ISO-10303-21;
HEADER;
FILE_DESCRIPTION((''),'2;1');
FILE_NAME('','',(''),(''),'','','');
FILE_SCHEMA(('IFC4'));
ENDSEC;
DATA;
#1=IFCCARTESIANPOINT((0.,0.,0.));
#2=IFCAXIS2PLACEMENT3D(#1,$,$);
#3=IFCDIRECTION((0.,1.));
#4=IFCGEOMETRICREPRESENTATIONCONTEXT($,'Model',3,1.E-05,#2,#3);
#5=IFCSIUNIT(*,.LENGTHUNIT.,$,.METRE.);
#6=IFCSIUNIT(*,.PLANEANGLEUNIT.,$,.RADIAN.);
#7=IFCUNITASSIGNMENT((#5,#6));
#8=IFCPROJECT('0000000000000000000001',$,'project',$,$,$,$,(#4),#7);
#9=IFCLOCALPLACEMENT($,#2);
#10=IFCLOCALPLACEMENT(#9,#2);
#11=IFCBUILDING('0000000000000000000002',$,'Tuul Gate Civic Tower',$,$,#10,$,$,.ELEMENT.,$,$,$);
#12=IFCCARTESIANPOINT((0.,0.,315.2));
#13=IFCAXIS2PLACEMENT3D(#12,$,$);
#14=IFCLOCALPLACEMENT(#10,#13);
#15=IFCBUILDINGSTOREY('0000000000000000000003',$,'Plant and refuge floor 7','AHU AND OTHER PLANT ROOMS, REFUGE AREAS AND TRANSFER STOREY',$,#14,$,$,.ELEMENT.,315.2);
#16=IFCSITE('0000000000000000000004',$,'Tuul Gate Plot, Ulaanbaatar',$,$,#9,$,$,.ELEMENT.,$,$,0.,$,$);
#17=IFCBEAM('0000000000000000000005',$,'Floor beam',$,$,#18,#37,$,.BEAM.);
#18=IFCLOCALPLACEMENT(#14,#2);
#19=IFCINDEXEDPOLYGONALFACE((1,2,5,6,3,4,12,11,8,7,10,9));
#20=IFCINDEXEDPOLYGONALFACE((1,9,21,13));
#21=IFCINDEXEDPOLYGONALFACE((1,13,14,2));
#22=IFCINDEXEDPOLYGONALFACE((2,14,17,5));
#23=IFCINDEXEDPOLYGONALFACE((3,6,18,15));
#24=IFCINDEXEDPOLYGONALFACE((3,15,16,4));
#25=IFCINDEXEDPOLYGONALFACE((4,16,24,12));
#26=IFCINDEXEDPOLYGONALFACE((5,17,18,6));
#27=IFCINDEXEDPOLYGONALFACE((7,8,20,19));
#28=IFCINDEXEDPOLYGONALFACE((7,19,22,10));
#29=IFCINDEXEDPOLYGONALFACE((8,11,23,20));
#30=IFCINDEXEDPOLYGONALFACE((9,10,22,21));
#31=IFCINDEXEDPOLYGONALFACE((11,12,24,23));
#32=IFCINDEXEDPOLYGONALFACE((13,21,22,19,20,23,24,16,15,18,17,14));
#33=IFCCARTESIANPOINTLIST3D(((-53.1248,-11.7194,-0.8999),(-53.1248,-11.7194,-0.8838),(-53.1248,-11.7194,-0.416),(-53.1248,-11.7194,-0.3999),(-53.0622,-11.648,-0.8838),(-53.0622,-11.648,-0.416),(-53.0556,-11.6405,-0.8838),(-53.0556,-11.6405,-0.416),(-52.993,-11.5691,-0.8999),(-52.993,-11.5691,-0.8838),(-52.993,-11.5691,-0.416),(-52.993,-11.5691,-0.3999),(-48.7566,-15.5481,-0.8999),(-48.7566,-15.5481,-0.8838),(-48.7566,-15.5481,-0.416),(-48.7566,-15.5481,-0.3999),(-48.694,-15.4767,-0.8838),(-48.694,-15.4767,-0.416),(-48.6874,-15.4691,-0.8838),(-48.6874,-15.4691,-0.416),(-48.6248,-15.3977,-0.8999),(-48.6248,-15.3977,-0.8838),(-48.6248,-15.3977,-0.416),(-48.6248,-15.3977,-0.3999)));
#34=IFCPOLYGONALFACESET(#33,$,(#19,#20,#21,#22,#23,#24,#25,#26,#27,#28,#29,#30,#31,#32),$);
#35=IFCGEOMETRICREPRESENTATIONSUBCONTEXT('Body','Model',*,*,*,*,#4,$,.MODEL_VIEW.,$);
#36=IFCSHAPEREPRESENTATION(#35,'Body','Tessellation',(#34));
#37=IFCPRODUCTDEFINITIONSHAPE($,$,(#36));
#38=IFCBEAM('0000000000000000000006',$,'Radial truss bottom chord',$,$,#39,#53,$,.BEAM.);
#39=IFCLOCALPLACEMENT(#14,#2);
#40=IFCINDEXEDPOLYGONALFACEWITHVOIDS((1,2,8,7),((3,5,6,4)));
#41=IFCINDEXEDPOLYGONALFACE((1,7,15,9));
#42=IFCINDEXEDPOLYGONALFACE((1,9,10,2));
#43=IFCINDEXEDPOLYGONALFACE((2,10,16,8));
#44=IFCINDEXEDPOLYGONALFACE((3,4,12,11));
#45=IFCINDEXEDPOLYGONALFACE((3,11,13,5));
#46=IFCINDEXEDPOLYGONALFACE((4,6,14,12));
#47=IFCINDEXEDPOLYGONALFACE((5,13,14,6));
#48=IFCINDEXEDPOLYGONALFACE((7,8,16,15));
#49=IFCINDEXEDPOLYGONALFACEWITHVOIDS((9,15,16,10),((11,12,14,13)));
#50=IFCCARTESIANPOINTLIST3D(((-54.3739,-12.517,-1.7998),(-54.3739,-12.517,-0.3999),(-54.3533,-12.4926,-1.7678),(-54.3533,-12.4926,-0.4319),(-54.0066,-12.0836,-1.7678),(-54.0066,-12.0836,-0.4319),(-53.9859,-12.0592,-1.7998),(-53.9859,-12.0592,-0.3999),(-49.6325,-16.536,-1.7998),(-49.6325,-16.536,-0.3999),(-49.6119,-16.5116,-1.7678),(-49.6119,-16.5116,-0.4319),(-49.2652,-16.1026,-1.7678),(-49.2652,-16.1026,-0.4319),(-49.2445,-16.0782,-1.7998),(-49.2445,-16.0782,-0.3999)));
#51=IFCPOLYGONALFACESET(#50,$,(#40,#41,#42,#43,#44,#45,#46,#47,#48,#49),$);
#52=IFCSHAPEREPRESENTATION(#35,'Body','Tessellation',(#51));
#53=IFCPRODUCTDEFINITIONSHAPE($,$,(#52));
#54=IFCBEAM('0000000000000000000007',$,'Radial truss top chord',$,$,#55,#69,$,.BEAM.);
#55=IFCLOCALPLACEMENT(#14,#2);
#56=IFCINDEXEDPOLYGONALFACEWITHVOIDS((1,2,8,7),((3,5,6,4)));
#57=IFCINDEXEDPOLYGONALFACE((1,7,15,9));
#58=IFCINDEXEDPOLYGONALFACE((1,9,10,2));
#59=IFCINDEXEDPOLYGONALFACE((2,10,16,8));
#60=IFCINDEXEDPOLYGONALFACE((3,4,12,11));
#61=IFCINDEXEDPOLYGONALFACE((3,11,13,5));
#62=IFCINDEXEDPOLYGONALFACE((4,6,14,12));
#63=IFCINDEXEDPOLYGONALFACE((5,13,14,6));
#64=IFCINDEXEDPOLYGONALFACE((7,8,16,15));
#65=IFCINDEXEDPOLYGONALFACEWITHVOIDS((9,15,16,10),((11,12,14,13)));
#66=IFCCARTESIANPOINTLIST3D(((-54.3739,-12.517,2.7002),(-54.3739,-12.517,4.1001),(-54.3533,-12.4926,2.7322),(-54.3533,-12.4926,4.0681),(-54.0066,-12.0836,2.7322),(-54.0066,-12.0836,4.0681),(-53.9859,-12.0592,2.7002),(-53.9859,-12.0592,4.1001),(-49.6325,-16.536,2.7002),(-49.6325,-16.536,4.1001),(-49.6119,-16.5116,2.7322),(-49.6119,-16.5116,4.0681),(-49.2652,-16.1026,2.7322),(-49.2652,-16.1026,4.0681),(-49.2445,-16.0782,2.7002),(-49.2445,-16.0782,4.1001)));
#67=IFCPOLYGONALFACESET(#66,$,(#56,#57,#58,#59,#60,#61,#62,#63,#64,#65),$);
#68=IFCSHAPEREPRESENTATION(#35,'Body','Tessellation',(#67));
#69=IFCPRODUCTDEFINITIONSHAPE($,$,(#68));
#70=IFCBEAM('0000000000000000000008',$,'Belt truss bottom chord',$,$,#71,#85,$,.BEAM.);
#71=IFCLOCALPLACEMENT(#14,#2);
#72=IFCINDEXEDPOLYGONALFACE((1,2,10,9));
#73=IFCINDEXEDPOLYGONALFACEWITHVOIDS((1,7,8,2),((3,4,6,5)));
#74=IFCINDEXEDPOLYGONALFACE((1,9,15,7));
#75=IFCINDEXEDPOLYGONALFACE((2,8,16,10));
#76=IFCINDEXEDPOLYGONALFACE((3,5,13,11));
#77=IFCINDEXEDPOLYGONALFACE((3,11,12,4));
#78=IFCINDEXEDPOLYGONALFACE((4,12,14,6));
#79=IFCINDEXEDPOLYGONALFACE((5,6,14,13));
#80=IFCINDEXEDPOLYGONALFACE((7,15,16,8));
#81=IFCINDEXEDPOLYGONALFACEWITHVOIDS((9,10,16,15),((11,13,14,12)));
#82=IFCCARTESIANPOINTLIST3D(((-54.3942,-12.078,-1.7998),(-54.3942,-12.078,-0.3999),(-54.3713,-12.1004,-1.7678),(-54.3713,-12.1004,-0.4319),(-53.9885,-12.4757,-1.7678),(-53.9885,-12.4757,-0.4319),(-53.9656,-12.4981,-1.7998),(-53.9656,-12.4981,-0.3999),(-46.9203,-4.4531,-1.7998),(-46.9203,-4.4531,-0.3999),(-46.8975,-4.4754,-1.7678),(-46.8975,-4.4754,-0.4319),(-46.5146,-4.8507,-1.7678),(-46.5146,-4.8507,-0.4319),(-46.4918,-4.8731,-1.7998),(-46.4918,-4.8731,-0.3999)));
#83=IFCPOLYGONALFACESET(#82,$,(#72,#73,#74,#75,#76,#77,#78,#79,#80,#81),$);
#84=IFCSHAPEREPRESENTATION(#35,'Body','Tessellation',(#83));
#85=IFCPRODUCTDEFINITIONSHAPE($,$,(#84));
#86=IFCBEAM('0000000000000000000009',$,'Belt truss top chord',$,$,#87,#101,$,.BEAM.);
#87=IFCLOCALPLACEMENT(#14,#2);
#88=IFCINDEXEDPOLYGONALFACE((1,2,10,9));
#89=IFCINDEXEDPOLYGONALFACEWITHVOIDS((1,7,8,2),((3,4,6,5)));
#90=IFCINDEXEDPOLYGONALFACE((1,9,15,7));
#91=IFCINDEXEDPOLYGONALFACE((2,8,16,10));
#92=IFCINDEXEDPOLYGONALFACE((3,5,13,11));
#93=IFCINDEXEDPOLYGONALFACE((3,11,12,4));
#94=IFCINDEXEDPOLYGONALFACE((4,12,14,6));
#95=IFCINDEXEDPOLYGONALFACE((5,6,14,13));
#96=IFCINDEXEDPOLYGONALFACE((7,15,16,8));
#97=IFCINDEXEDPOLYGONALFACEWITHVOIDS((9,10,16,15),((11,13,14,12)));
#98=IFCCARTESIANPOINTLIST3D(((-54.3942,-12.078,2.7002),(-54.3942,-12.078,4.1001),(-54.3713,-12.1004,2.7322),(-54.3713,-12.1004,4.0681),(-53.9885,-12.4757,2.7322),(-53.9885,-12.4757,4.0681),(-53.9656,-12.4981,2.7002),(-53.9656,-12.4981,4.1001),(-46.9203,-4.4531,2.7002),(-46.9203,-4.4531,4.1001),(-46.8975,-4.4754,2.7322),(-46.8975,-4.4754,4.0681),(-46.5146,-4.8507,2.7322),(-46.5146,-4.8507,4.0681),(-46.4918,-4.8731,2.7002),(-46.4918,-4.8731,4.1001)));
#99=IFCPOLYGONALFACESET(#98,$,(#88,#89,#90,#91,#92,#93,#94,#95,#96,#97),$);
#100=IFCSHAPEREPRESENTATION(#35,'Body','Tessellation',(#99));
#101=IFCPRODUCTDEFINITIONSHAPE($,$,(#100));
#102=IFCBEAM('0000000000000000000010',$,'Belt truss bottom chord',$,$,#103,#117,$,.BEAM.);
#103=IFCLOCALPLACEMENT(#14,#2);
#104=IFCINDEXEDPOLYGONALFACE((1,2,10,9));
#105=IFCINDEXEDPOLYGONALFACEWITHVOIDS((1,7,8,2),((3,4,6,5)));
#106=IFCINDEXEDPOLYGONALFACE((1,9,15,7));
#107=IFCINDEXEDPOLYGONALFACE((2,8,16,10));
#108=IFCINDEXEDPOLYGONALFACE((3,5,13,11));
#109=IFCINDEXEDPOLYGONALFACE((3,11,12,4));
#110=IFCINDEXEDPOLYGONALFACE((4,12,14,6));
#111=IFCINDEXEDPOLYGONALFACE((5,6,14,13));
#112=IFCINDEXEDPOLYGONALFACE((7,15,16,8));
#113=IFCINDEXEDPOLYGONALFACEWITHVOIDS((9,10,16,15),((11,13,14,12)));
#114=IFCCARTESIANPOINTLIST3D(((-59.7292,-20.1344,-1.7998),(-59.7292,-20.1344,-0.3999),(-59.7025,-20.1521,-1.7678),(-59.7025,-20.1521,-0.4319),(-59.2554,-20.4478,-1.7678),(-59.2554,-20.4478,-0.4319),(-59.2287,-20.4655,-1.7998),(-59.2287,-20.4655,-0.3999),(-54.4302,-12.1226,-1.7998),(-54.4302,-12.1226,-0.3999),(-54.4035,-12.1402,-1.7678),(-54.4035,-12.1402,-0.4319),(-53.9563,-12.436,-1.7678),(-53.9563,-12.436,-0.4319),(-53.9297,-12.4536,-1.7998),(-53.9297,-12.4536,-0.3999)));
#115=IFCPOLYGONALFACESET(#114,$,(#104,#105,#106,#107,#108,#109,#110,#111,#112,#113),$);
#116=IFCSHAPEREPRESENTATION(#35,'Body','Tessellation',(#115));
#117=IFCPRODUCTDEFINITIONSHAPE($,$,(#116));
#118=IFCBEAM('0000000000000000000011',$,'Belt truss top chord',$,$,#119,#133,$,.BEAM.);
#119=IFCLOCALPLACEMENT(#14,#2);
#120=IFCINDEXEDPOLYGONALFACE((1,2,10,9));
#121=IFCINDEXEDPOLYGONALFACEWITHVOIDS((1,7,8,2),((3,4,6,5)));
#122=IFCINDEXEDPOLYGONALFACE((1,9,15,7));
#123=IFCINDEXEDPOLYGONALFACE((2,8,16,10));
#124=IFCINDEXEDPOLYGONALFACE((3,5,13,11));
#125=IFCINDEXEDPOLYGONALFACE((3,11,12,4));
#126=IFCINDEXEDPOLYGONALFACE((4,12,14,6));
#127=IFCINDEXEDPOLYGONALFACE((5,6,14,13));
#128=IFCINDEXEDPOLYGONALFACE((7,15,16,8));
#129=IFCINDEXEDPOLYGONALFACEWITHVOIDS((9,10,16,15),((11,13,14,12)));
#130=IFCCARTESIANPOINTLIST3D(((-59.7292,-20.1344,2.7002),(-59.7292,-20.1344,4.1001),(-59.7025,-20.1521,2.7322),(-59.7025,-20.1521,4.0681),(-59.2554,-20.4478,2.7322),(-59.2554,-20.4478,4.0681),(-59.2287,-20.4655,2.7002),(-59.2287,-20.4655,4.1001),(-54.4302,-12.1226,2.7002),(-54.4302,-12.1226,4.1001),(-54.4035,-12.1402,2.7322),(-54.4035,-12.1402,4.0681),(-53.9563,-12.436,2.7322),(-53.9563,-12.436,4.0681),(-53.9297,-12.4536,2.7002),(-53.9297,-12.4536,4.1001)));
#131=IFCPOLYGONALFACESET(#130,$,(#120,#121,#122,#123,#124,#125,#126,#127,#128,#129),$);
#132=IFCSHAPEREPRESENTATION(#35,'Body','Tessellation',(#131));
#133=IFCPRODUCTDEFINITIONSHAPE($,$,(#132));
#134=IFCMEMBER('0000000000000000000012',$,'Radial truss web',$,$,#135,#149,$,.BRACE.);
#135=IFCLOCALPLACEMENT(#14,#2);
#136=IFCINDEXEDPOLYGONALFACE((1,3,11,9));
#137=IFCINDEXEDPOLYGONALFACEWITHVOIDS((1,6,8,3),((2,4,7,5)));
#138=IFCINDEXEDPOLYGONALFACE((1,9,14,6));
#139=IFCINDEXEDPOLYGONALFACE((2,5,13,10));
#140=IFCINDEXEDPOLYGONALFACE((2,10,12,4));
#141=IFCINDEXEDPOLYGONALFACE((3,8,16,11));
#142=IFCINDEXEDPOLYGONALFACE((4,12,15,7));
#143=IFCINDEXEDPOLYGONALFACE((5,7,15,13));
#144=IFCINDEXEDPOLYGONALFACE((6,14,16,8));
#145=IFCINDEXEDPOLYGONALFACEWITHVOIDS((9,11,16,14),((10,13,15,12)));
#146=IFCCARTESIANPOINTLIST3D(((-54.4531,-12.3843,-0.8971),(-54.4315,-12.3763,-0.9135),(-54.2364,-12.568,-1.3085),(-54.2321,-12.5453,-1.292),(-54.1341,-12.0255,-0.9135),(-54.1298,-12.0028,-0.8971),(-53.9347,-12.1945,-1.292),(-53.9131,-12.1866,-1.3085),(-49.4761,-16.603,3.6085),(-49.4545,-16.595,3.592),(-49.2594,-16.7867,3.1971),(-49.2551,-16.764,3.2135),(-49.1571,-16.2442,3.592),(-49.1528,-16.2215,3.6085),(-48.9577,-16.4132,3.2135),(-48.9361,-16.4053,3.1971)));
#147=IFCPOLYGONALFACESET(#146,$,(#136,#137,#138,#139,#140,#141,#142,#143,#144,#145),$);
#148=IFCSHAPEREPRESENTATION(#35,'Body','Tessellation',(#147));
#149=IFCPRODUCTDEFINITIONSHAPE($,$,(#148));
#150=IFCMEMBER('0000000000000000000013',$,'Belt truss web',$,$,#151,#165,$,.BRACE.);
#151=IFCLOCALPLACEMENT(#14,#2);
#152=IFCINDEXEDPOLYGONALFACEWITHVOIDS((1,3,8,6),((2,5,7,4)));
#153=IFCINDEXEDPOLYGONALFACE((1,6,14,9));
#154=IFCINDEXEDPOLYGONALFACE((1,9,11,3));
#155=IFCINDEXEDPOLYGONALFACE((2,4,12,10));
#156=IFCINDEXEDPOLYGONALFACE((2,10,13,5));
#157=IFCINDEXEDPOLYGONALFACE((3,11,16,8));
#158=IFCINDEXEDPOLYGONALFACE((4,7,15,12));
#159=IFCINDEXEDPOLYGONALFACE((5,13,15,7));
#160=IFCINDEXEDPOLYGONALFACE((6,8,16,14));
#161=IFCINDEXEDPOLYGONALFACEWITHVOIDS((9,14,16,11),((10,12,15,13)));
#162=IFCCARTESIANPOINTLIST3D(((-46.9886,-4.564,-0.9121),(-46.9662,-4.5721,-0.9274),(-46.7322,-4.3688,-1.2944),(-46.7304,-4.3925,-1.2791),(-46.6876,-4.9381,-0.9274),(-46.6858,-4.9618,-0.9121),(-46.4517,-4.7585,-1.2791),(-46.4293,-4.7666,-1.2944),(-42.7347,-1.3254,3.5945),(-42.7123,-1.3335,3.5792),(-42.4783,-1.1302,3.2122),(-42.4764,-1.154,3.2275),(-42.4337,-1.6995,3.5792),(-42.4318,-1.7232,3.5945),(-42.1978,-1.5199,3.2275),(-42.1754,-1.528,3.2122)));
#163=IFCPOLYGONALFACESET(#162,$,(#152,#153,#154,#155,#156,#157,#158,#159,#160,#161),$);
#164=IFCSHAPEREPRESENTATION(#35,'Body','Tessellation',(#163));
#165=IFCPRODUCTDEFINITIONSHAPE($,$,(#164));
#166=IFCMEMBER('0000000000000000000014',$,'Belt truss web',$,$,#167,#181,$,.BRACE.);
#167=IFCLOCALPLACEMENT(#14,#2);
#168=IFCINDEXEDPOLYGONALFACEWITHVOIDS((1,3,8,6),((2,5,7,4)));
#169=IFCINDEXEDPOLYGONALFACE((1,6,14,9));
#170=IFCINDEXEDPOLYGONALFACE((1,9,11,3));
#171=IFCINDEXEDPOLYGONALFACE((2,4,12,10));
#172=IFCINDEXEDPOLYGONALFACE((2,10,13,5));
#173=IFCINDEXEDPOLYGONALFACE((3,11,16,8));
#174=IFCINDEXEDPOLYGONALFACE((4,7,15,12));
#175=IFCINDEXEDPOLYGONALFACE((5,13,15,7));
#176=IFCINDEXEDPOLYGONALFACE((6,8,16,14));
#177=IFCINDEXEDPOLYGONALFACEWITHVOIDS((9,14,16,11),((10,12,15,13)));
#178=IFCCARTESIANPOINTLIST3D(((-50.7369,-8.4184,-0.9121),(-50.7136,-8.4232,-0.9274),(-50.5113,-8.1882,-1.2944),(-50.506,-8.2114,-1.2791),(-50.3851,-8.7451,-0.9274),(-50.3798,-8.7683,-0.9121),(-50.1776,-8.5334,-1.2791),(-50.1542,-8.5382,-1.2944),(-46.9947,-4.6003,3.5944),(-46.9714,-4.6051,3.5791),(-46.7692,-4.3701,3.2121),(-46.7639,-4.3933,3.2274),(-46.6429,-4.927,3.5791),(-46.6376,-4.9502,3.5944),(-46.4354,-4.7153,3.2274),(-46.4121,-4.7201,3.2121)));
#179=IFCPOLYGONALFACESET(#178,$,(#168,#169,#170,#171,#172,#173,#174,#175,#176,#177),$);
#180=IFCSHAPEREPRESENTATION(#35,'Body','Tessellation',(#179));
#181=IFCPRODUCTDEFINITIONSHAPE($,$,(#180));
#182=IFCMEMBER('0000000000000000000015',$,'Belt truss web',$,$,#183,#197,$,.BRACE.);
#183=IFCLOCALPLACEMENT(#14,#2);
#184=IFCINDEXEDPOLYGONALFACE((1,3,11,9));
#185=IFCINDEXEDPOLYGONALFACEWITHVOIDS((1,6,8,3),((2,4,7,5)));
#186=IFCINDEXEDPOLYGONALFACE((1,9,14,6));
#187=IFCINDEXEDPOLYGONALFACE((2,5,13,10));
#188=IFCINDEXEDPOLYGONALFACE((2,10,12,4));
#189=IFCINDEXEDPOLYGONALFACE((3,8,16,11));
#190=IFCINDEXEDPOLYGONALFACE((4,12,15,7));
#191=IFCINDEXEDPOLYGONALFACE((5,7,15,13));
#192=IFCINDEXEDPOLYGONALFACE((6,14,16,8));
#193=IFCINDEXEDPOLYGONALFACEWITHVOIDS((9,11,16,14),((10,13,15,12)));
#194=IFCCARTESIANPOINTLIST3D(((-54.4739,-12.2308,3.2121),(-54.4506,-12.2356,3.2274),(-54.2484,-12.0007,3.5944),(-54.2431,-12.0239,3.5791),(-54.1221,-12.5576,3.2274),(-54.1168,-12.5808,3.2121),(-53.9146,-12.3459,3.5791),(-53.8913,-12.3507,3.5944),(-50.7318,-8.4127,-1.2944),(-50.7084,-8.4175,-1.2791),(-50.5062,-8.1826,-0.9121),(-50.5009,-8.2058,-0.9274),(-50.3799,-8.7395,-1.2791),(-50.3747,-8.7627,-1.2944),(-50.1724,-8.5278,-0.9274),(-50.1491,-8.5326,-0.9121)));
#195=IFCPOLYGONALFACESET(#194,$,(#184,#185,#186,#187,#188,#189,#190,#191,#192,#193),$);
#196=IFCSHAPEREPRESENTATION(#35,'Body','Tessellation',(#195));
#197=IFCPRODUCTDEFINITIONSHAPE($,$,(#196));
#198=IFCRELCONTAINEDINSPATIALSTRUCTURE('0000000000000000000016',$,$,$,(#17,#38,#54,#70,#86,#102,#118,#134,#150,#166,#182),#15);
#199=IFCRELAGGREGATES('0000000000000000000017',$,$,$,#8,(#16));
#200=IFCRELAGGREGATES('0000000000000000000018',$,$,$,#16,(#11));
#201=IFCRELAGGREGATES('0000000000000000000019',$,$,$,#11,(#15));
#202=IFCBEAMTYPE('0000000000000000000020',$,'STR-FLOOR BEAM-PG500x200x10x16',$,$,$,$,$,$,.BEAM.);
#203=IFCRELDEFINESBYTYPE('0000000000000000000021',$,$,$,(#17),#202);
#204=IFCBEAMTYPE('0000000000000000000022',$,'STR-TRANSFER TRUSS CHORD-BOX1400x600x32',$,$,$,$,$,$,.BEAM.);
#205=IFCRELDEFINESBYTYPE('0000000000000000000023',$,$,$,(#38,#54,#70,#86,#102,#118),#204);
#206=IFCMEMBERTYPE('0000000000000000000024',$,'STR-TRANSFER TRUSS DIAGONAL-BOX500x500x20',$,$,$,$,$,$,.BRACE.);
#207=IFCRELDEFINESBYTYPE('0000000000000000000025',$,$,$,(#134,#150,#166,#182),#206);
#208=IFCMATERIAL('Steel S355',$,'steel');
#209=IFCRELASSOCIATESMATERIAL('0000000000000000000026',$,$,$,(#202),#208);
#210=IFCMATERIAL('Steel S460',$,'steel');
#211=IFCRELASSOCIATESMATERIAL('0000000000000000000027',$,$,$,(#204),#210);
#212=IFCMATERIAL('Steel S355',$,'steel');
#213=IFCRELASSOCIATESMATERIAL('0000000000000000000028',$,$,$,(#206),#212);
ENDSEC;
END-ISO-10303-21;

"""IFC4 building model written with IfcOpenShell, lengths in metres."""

from ifc_helpers import new_model, si_unit, direction, frame, origin, origin_2d, place, context, subcontext, project, spatial, hollow_rectangle, i_section, extrude, material, material_profile, profile_set, type_object, element, save


model = new_model("IFC4")

# Units and contexts
model_context = context("Model", 3, precision=1e-05, world=origin(), true_north=direction((0.0, 1.0)))
body_context = subcontext(model_context, "Body", "Model", "MODEL_VIEW")
ifc_project = project(units=[si_unit("LENGTHUNIT", "METRE"), si_unit("PLANEANGLEUNIT", "RADIAN")], contexts=[model_context])

# Site, building, storey
site_placement = place(None, origin())
site = spatial("IfcSite", under=ifc_project, at=site_placement, Name="Tuul Gate Plot, Ulaanbaatar", CompositionType="ELEMENT", RefElevation=0.0)
building_placement = place(site_placement, origin())
building = spatial("IfcBuilding", under=site, at=building_placement, Name="Tuul Gate Civic Tower", CompositionType="ELEMENT")
storey_placement = place(building_placement, frame((0.0, 0.0, 315.2)))
storey = spatial("IfcBuildingStorey", under=building, at=storey_placement, Name="Plant and refuge floor 7", Description="AHU AND OTHER PLANT ROOMS, REFUGE AREAS AND TRANSFER STOREY", CompositionType="ELEMENT", Elevation=315.2)

# Beams
ifc_material_1 = material(Name="Steel S355", Category="steel")
ifc_material_profile_1 = material_profile(ifc_material_1, i_section(OverallWidth=0.2, OverallDepth=0.5, WebThickness=0.01, FlangeThickness=0.0161, at=origin_2d()), Name="PG500x200x10x16")
ifc_profile_set_1 = profile_set([ifc_material_profile_1], Name="Steel S355")
beam_type_1 = type_object("IfcBeamType", Name="STR-FLOOR BEAM-PG500x200x10x16", PredefinedType="BEAM", material=ifc_profile_set_1)
beam_placement = place(storey_placement, frame((-48.6907, -15.4729, -0.6499), z_axis=(-0.752024, 0.659135, 0.0), x_axis=(-0.659135, -0.752024, 0.0)))
element("IfcBeam", 1, at=beam_placement, inside=storey, type_object=beam_type_1, Name="Floor beam", PredefinedType="BEAM", context=body_context, shape_type="SweptSolid", body=[
    extrude(i_section(OverallWidth=0.2, OverallDepth=0.5, WebThickness=0.01, FlangeThickness=0.0161, at=origin_2d()), origin(), (0.0, 0.0, 1.0), 5.8086),
])
ifc_material_2 = material(Name="Steel S460", Category="steel")
ifc_material_profile_2 = material_profile(ifc_material_2, hollow_rectangle(XDim=0.6001, YDim=1.3999, WallThickness=0.032, at=origin_2d()), Name="BOX1400x600x32")
ifc_profile_set_2 = profile_set([ifc_material_profile_2], Name="Steel S460")
beam_type_2 = type_object("IfcBeamType", Name="STR-TRANSFER TRUSS CHORD-BOX1400x600x32", PredefinedType="BEAM", material=ifc_profile_set_2)
for number, where, z_axis, x_axis, name in (
    (2, (-54.1799, -12.2881, -1.0999), (0.762827, -0.646602, 0.0), (0.646602, 0.762827, 0.0), "Radial truss bottom chord"),
    (3, (-54.1799, -12.2881, 3.4001), (0.762827, -0.646602, 0.0), (0.646602, 0.762827, 0.0), "Radial truss top chord"),
):
    element("IfcBeam", number, at=place(storey_placement, frame(where, z_axis=z_axis, x_axis=x_axis)), inside=storey, type_object=beam_type_2, Name=name, PredefinedType="BEAM", context=body_context, shape_type="SweptSolid", body=[
        extrude(hollow_rectangle(XDim=0.6001, YDim=1.3999, WallThickness=0.032, at=origin_2d()), origin(), (0.0, 0.0, 1.0), 6.2156),
    ])
for number, where, z_axis, x_axis, name in (
    (4, (-46.7061, -4.6631, -1.0999), (-0.699994, -0.714148, 0.0), (0.714148, -0.699994, 0.0), "Belt truss bottom chord"),
    (5, (-46.7061, -4.6631, 3.4001), (-0.699994, -0.714148, 0.0), (0.714148, -0.699994, 0.0), "Belt truss top chord"),
):
    element("IfcBeam", number, at=place(storey_placement, frame(where, z_axis=z_axis, x_axis=x_axis)), inside=storey, type_object=beam_type_2, Name=name, PredefinedType="BEAM", context=body_context, shape_type="SweptSolid", body=[
        extrude(hollow_rectangle(XDim=0.6001, YDim=1.3999, WallThickness=0.032, at=origin_2d()), origin(), (0.0, 0.0, 1.0), 10.677),
    ])
for number, where, z_axis, x_axis, name in (
    (6, (-54.1799, -12.2881, -1.0999), (-0.551652, -0.834074, 0.0), (0.834074, -0.551652, 0.0), "Belt truss bottom chord"),
    (7, (-54.1799, -12.2881, 3.4001), (-0.551652, -0.834074, 0.0), (0.834074, -0.551652, 0.0), "Belt truss top chord"),
):
    element("IfcBeam", number, at=place(storey_placement, frame(where, z_axis=z_axis, x_axis=x_axis)), inside=storey, type_object=beam_type_2, Name=name, PredefinedType="BEAM", context=body_context, shape_type="SweptSolid", body=[
        extrude(hollow_rectangle(XDim=0.6001, YDim=1.3999, WallThickness=0.032, at=origin_2d()), origin(), (0.0, 0.0, 1.0), 9.6057),
    ])

# Members
ifc_material_3 = material(Name="Steel S355", Category="steel")
ifc_material_profile_3 = material_profile(ifc_material_3, hollow_rectangle(XDim=0.5, YDim=0.5, WallThickness=0.02, at=origin_2d()), Name="BOX500x500x20")
ifc_profile_set_3 = profile_set([ifc_material_profile_3], Name="Steel S355")
member_type_1 = type_object("IfcMemberType", Name="STR-TRANSFER TRUSS DIAGONAL-BOX500x500x20", PredefinedType="BRACE", material=ifc_profile_set_3)
member_1_placement = place(storey_placement, frame((-54.1831, -12.2854, -1.1028), z_axis=(0.6277, -0.532064, 0.568243), x_axis=(0.646603, 0.762827, 0.0)))
element("IfcMember", 8, at=member_1_placement, inside=storey, type_object=member_type_1, Name="Radial truss web", PredefinedType="BRACE", context=body_context, shape_type="SweptSolid", body=[
    extrude(hollow_rectangle(XDim=0.5, YDim=0.5, WallThickness=0.02, at=origin_2d()), origin(), (0.0, 0.0, 1.0), 7.929),
])
member_2_placement = place(storey_placement, frame((-46.709, -4.6653, -1.1033), z_axis=(0.608365, 0.463152, 0.644502), x_axis=(-0.605742, 0.795661, 0.0)))
element("IfcMember", 9, at=member_2_placement, inside=storey, type_object=member_type_1, Name="Belt truss web", PredefinedType="BRACE", context=body_context, shape_type="SweptSolid", body=[
    extrude(hollow_rectangle(XDim=0.5, YDim=0.5, WallThickness=0.02, at=origin_2d()), origin(), (0.0, 0.0, 1.0), 6.9924),
])
for number, where, z_axis, x_axis, name in (
    (10, (-50.4456, -8.4783, -1.1033), (0.535192, 0.546051, 0.644514), (-0.714172, 0.69997, 0.0), "Belt truss web"),
    (11, (-50.4404, -8.4727, -1.1033), (-0.535192, -0.546051, 0.644514), (0.714172, -0.69997, 0.0), "Belt truss web"),
):
    element("IfcMember", number, at=place(storey_placement, frame(where, z_axis=z_axis, x_axis=x_axis)), inside=storey, type_object=member_type_1, Name=name, PredefinedType="BRACE", context=body_context, shape_type="SweptSolid", body=[
        extrude(hollow_rectangle(XDim=0.5, YDim=0.5, WallThickness=0.02, at=origin_2d()), origin(), (0.0, 0.0, 1.0), 6.9922),
    ])

save(model, "model.ifc")
